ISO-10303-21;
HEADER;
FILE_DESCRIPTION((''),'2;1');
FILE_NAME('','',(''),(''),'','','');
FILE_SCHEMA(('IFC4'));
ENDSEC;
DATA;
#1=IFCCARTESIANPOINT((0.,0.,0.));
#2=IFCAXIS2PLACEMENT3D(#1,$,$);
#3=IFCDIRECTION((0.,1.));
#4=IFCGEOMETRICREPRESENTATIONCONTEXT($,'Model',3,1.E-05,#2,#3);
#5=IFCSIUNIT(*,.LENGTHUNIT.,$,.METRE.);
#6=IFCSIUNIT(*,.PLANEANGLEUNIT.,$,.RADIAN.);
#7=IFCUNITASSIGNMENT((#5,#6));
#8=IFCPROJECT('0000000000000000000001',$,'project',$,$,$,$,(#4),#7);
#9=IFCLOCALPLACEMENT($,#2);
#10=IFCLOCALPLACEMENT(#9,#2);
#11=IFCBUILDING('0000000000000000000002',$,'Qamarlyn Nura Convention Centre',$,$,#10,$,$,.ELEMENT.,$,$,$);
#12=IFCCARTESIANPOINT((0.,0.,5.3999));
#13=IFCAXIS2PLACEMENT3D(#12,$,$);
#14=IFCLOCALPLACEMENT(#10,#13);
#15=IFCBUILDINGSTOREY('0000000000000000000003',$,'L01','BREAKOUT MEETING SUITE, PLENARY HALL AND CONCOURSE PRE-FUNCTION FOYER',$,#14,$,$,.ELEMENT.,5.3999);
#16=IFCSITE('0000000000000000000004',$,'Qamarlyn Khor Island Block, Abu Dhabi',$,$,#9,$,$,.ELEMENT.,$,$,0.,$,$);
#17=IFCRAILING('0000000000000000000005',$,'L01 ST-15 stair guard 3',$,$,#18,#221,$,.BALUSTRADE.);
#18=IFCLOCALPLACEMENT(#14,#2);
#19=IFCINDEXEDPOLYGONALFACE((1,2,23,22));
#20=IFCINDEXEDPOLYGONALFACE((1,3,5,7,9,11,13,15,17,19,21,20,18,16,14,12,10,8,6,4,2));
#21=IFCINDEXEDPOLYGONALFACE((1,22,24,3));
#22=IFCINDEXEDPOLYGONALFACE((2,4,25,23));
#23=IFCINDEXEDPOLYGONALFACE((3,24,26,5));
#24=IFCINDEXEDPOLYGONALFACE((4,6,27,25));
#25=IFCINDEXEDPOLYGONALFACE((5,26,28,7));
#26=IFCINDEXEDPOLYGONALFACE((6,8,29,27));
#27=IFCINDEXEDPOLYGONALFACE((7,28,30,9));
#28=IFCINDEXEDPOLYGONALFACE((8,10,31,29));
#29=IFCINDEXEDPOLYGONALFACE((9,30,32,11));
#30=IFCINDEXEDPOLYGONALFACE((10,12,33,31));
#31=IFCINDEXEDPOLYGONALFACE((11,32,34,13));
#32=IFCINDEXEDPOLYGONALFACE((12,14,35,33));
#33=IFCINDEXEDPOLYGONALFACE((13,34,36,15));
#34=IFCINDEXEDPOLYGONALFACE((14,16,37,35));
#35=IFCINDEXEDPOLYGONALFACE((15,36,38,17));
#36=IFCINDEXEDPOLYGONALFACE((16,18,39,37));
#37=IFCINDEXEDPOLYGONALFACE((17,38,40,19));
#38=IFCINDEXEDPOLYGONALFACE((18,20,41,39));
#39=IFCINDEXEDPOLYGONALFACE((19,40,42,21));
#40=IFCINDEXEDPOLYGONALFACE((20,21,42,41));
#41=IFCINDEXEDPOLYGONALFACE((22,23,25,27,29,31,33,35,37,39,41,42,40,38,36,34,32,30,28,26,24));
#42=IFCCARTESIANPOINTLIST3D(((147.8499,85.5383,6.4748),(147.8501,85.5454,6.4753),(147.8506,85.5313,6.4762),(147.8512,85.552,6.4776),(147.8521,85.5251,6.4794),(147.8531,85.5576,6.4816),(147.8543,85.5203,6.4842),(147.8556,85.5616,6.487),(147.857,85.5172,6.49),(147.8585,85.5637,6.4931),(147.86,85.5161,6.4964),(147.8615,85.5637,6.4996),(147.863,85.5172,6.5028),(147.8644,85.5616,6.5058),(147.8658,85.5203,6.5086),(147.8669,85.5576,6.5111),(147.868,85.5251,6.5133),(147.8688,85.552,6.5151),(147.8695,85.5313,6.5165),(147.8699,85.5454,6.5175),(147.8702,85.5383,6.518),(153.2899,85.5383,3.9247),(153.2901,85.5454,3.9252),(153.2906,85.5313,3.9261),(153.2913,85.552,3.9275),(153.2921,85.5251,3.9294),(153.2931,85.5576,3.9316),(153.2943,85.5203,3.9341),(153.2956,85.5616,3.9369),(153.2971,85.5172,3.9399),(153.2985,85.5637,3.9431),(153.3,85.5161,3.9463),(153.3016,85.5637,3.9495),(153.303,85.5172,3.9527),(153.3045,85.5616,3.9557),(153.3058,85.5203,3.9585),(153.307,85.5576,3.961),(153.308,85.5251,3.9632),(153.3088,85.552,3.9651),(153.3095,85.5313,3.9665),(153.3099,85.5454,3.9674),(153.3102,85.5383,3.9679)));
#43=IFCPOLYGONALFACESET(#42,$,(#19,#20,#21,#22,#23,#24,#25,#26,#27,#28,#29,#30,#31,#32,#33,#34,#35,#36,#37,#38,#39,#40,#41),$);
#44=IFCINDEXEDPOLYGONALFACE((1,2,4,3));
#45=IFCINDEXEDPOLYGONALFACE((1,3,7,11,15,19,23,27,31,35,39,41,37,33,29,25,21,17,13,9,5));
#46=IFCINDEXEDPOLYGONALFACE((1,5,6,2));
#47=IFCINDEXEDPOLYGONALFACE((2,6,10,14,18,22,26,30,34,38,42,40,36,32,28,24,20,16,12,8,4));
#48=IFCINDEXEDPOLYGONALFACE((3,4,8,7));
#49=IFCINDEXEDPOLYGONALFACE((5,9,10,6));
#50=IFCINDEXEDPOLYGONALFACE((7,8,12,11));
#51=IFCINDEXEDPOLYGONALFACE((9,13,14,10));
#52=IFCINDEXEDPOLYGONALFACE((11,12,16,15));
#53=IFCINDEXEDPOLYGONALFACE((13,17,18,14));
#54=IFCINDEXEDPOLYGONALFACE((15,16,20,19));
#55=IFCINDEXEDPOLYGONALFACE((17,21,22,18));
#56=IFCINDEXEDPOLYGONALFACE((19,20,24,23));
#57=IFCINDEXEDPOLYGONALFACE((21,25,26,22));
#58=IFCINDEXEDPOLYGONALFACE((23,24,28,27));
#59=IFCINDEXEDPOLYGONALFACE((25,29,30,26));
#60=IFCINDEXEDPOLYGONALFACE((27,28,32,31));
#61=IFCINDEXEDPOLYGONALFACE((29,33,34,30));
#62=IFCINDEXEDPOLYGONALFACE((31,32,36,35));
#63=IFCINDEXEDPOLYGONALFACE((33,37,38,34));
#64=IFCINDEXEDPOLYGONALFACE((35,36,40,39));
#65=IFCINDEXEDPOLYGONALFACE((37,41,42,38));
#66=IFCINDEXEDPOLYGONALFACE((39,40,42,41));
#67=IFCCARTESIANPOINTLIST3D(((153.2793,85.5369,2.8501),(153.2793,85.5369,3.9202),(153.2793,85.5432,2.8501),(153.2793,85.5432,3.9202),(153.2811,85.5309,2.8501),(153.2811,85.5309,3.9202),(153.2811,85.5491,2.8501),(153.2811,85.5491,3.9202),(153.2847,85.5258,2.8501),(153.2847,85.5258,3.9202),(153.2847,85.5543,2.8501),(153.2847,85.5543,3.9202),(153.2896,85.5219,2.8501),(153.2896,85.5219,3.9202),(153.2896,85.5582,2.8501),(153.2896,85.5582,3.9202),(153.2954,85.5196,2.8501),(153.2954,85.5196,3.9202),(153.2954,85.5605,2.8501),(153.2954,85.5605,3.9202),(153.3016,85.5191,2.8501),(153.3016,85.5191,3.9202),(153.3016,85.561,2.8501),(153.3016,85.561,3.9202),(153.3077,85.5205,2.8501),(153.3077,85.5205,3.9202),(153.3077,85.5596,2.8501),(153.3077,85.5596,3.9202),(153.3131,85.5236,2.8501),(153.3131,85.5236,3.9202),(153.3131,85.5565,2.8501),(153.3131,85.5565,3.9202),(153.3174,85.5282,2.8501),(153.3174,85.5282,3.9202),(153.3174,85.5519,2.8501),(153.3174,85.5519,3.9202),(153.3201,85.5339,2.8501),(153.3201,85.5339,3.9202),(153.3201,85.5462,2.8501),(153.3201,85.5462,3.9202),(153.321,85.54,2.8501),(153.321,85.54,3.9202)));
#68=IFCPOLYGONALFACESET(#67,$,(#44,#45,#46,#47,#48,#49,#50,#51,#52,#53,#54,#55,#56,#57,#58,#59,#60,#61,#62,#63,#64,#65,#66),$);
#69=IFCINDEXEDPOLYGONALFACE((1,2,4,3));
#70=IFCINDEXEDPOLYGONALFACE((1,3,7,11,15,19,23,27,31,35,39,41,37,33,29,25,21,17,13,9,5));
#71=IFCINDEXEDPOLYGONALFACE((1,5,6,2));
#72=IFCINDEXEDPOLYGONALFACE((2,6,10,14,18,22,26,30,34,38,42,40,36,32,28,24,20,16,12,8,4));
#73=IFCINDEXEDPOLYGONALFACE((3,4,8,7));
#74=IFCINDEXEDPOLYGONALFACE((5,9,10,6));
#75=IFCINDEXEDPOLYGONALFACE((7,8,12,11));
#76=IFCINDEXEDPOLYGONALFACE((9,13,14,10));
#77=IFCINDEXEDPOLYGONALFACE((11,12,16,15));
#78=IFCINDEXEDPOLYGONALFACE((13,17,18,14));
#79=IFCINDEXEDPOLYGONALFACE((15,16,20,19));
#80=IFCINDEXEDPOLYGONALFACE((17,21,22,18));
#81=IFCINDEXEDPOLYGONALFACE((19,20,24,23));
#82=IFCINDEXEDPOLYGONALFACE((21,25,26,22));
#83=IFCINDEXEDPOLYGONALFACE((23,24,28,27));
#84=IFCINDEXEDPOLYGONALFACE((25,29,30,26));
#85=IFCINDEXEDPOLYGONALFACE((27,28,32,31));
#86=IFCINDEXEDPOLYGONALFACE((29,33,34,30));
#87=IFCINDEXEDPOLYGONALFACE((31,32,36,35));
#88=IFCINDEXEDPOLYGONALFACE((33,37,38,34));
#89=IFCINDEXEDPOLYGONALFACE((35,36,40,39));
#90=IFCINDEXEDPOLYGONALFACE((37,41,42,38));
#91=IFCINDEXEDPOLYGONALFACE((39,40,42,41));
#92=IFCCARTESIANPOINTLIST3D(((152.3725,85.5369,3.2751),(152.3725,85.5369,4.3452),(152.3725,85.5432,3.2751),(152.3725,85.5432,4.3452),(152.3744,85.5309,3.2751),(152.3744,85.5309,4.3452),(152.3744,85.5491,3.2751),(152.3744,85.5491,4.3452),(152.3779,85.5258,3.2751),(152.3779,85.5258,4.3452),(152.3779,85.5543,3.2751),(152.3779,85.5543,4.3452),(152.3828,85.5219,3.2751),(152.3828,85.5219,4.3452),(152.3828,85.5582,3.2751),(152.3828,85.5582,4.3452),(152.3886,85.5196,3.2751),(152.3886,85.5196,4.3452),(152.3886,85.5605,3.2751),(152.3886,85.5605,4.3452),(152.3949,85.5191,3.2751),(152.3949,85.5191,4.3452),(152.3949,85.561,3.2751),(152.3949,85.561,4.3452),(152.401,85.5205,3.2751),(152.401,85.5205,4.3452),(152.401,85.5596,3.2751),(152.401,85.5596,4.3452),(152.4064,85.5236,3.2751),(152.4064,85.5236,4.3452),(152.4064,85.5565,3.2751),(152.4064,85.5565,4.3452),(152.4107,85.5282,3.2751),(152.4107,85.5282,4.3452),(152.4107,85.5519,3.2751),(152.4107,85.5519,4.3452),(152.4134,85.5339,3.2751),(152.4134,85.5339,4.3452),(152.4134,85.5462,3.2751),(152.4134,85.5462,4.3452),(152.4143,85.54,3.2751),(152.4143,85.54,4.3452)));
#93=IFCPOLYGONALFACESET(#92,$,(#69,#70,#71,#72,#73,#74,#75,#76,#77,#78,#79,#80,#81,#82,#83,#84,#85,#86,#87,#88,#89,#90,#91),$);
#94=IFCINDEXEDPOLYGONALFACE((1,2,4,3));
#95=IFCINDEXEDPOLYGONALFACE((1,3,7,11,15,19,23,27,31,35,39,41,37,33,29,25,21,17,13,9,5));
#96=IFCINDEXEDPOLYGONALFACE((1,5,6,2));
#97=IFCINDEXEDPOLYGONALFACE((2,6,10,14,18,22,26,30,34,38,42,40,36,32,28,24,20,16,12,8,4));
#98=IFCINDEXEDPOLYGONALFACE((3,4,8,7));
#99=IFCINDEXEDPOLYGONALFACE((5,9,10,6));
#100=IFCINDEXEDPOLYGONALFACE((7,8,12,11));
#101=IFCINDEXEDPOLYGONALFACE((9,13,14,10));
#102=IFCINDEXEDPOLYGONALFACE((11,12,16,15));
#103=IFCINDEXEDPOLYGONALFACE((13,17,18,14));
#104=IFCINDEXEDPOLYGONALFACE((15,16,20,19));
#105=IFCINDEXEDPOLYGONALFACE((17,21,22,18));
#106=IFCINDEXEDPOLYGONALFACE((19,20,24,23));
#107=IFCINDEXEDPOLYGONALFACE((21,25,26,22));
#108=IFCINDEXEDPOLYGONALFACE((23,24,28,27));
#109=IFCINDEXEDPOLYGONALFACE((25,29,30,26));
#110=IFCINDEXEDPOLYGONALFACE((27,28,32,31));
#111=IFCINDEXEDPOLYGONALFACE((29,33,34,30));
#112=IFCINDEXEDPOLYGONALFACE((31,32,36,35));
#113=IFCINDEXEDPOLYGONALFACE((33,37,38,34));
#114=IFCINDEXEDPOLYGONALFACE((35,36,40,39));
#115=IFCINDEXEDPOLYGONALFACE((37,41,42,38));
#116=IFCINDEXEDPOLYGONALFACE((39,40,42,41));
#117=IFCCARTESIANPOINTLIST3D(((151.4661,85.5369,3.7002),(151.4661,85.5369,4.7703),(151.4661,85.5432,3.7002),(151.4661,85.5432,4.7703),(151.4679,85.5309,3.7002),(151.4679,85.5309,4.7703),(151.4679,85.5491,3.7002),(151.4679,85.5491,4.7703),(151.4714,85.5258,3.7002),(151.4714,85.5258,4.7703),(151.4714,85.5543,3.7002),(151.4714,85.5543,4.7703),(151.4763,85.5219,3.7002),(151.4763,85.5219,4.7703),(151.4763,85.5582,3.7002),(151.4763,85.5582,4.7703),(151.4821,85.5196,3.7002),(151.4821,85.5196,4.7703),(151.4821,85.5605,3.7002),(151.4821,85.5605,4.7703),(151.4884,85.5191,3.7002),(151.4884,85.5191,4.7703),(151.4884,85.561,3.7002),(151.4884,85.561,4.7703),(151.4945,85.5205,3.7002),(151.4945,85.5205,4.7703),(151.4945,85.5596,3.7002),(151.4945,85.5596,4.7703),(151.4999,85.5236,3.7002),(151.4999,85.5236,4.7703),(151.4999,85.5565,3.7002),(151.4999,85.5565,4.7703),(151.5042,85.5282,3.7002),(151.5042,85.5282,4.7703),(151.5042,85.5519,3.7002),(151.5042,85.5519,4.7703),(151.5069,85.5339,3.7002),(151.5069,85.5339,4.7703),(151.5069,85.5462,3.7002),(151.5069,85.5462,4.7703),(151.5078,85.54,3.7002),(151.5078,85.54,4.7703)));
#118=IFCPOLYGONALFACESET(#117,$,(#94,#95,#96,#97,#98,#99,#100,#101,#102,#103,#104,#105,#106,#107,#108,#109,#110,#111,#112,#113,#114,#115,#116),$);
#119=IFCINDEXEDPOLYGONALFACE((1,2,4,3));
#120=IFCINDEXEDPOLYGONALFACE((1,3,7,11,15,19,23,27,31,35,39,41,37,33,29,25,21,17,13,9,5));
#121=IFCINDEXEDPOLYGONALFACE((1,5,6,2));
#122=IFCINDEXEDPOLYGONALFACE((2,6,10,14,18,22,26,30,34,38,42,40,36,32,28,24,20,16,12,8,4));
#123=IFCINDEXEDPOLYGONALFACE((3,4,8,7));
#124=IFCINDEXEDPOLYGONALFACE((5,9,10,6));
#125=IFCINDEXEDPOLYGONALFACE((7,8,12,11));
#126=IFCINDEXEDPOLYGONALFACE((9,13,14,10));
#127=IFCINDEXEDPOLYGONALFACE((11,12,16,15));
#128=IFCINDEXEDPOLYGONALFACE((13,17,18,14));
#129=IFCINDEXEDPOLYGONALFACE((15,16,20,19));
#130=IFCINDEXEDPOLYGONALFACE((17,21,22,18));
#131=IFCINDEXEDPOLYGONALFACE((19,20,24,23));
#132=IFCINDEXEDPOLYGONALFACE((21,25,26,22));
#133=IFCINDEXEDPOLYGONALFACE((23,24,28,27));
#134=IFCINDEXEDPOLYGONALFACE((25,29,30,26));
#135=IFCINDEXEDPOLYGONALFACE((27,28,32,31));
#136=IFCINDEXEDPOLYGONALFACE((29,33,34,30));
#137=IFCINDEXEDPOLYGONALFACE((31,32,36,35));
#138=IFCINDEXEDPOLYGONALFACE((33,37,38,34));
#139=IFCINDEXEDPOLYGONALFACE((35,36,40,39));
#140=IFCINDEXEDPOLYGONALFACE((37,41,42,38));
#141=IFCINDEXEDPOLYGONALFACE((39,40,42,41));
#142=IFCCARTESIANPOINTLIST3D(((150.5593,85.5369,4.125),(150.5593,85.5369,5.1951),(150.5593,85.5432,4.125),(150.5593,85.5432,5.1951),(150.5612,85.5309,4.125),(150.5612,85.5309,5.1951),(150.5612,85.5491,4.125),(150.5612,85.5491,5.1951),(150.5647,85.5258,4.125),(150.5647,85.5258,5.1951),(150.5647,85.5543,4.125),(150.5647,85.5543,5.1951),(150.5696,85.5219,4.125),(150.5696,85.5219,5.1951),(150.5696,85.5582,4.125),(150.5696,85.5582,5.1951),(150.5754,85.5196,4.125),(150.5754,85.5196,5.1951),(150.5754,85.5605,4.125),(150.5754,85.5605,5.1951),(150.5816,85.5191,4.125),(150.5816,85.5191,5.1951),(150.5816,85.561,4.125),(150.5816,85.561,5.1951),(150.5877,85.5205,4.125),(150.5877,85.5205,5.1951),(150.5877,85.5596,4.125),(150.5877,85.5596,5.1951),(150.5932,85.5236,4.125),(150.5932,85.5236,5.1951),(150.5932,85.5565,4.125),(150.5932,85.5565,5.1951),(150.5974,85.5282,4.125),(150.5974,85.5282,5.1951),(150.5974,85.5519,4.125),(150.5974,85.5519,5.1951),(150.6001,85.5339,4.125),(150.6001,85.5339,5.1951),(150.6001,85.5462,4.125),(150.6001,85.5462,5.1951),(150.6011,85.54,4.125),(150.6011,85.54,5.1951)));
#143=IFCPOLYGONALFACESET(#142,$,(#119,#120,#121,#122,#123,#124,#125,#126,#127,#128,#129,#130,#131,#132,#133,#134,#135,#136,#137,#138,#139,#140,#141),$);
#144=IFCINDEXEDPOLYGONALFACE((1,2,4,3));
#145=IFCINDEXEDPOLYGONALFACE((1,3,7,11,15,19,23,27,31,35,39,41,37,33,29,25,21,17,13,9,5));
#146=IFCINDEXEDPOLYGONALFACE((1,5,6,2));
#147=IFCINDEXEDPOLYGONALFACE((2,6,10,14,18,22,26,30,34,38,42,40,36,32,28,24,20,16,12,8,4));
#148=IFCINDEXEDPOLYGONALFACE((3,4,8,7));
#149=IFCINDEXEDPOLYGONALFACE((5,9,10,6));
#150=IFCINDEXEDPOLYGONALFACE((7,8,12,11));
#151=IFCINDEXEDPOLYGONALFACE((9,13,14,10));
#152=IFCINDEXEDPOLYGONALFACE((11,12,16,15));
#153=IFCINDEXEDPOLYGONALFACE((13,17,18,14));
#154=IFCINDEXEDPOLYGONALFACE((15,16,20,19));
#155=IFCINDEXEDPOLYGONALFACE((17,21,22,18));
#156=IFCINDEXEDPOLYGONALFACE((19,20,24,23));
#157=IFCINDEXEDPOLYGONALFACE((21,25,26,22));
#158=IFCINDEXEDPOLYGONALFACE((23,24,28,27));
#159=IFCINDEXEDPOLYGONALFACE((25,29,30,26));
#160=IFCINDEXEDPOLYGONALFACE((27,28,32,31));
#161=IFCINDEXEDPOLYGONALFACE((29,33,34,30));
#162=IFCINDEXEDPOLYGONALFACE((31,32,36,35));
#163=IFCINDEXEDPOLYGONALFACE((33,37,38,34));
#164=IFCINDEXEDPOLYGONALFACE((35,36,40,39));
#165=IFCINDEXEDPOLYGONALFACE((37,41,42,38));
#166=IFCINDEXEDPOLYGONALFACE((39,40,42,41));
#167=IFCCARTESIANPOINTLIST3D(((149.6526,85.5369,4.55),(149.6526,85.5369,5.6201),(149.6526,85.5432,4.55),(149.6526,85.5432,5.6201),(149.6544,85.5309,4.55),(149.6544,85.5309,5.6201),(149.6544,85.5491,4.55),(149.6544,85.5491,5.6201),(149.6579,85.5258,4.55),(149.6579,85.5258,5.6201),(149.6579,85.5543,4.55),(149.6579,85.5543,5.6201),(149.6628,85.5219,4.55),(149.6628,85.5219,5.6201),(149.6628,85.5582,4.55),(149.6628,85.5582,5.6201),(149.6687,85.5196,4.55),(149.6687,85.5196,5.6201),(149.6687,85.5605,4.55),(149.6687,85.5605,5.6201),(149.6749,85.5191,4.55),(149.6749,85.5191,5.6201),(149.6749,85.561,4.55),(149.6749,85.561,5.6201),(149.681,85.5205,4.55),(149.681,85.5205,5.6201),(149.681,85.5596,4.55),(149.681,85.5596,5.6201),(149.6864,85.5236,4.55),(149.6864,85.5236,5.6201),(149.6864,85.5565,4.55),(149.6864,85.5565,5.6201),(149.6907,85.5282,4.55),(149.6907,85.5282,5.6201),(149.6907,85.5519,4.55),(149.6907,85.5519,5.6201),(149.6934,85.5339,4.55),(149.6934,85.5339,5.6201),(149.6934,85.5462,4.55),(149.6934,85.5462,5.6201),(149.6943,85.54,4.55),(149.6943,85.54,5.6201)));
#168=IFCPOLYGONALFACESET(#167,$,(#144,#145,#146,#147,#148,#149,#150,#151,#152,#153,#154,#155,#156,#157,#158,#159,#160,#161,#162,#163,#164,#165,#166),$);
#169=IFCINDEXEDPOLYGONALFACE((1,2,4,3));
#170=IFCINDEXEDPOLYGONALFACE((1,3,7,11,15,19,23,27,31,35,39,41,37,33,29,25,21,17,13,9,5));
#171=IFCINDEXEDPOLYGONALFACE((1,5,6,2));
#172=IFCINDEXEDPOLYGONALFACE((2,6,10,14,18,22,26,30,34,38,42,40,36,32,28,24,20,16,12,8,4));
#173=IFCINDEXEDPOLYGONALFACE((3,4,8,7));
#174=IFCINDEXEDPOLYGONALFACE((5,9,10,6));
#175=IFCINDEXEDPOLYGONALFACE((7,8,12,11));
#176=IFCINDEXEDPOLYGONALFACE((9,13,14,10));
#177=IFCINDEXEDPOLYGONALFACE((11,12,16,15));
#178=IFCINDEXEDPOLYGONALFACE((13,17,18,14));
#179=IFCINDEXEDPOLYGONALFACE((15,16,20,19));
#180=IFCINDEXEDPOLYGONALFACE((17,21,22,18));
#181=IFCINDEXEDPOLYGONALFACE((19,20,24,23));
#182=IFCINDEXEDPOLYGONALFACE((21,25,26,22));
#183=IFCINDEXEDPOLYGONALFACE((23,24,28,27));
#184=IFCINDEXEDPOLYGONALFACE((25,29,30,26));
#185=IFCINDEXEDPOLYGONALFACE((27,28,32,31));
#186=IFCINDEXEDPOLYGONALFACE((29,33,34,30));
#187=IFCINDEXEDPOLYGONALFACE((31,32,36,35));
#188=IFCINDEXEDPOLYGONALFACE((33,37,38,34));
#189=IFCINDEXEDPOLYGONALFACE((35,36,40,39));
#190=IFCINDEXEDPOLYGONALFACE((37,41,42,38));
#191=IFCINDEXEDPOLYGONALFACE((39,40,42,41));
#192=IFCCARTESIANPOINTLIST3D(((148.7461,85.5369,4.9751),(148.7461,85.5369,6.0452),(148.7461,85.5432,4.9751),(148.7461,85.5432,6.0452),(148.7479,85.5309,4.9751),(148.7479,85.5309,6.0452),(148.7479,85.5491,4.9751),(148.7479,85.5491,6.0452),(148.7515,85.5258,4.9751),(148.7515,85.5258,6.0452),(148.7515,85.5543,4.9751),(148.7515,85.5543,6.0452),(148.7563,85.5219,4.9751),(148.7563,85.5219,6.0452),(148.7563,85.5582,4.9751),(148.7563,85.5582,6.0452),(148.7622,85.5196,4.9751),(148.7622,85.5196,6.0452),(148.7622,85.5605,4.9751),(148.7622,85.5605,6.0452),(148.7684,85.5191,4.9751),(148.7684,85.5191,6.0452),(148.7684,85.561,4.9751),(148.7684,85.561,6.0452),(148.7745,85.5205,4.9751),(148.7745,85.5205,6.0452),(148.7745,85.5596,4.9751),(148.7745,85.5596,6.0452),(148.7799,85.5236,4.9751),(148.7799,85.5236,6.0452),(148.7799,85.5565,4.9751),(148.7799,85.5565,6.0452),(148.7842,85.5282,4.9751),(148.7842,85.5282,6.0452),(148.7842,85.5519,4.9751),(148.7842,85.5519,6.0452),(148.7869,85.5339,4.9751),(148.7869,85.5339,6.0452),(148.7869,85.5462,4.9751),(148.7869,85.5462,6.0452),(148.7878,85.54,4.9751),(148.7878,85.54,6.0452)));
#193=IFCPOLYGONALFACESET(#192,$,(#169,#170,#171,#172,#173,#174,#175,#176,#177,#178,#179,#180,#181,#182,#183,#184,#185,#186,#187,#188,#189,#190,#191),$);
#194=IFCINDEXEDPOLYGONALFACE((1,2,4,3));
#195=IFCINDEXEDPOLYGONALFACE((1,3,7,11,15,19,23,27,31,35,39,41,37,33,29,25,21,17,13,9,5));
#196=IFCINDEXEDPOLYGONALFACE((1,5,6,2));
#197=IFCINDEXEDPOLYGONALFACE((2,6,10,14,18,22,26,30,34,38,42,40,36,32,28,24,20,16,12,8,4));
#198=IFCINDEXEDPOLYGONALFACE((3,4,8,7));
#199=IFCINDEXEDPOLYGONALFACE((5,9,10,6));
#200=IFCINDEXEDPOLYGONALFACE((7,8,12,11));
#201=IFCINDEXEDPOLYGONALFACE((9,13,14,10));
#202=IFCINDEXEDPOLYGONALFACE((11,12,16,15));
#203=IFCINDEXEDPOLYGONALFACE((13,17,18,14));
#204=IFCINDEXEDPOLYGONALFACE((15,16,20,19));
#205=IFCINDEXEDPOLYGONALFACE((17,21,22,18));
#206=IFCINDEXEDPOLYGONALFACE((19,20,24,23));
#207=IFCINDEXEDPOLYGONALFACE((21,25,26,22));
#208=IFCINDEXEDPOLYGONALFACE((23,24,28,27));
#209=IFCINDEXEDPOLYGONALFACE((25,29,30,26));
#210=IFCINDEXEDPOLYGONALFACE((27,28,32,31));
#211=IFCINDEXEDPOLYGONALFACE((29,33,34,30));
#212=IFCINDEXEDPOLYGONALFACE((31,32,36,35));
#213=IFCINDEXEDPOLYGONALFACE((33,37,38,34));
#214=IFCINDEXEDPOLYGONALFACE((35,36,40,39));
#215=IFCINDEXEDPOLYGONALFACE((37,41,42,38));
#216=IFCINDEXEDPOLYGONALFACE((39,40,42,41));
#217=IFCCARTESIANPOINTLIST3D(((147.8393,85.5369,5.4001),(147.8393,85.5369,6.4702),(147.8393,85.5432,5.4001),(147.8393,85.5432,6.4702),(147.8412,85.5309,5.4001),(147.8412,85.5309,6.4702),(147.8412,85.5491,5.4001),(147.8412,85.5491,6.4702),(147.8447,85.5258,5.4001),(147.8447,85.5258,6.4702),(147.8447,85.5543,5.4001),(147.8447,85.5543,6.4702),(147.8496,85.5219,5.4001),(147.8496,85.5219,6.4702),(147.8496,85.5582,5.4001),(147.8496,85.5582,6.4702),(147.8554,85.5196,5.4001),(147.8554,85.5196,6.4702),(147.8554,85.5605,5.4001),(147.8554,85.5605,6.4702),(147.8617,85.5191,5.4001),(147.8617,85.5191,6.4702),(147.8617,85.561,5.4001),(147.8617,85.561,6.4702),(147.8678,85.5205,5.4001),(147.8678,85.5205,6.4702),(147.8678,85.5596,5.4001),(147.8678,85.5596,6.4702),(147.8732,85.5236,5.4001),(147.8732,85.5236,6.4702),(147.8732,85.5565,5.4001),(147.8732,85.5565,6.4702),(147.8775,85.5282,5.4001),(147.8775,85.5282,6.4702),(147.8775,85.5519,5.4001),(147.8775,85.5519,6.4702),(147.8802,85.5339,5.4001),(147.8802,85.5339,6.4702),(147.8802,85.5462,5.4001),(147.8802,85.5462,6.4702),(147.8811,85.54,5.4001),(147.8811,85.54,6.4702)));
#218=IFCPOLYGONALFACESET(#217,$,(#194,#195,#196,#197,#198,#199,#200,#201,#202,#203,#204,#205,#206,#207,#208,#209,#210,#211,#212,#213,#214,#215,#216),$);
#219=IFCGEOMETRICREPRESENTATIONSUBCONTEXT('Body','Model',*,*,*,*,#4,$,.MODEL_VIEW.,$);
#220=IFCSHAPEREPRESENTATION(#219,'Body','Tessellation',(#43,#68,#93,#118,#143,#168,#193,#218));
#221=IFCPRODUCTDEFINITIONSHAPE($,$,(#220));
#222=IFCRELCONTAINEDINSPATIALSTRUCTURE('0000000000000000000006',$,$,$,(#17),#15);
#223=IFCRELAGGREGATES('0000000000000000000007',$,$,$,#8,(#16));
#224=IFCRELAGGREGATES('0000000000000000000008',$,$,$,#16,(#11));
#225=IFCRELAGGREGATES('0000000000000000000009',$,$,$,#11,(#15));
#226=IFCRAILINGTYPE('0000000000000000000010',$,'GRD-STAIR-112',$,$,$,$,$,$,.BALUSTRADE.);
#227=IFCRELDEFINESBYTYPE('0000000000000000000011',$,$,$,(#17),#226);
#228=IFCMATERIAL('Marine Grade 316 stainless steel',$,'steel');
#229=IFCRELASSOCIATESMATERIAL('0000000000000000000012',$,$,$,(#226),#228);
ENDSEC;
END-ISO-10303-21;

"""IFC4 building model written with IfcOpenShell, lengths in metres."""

from ifc_helpers import new_model, si_unit, direction, frame, origin, origin_2d, place, context, subcontext, project, spatial, circle, extrude, material, type_object, element, save


model = new_model("IFC4")

# Units and contexts
model_context = context("Model", 3, precision=1e-05, world=origin(), true_north=direction((0.0, 1.0)))
body_context = subcontext(model_context, "Body", "Model", "MODEL_VIEW")
ifc_project = project(units=[si_unit("LENGTHUNIT", "METRE"), si_unit("PLANEANGLEUNIT", "RADIAN")], contexts=[model_context])

# Site, building, storey
site_placement = place(None, origin())
site = spatial("IfcSite", under=ifc_project, at=site_placement, Name="Qamarlyn Khor Island Block, Abu Dhabi", CompositionType="ELEMENT", RefElevation=0.0)
building_placement = place(site_placement, origin())
building = spatial("IfcBuilding", under=site, at=building_placement, Name="Qamarlyn Nura Convention Centre", CompositionType="ELEMENT")
storey_placement = place(building_placement, frame((0.0, 0.0, 5.3999)))
storey = spatial("IfcBuildingStorey", under=building, at=storey_placement, Name="L01", Description="BREAKOUT MEETING SUITE, PLENARY HALL AND CONCOURSE PRE-FUNCTION FOYER", CompositionType="ELEMENT", Elevation=5.3999)

# Railing
ifc_material_1 = material(Name="Marine Grade 316 stainless steel", Category="steel")
railing_type_1 = type_object("IfcRailingType", Name="GRD-STAIR-112", PredefinedType="BALUSTRADE", material=ifc_material_1)
railing_1_placement = place(storey_placement, frame((153.3, 85.54, 2.8501)))
element("IfcRailing", 1, at=railing_1_placement, inside=storey, type_object=railing_type_1, Name="L01 ST-15 stair guard 3", PredefinedType="BALUSTRADE", context=body_context, shape_type="SweptSolid", body=[
    extrude(circle(Radius=0.0239, at=origin_2d()), frame((0.0, 0.0, 1.0962), z_axis=(-0.905454, 0.0, 0.424444), x_axis=(0.0, -1.0, 0.0)), (0.0, 0.0, 1.0), 6.0081),
    extrude(circle(Radius=0.021, at=origin_2d()), origin(), (0.0, 0.0, 1.0), 1.0701),
    extrude(circle(Radius=0.021, at=origin_2d()), frame((-0.9067, 0.0, 0.425)), (0.0, 0.0, 1.0), 1.0701),
    extrude(circle(Radius=0.021, at=origin_2d()), frame((-1.8132, 0.0, 0.8501)), (0.0, 0.0, 1.0), 1.0701),
    extrude(circle(Radius=0.021, at=origin_2d()), frame((-2.72, 0.0, 1.2749)), (0.0, 0.0, 1.0), 1.0701),
    extrude(circle(Radius=0.021, at=origin_2d()), frame((-3.6267, 0.0, 1.7)), (0.0, 0.0, 1.0), 1.0701),
    extrude(circle(Radius=0.021, at=origin_2d()), frame((-4.5332, 0.0, 2.125)), (0.0, 0.0, 1.0), 1.0701),
    extrude(circle(Radius=0.021, at=origin_2d()), frame((-5.4399, 0.0, 2.55)), (0.0, 0.0, 1.0), 1.0701),
])

save(model, "model.ifc")
